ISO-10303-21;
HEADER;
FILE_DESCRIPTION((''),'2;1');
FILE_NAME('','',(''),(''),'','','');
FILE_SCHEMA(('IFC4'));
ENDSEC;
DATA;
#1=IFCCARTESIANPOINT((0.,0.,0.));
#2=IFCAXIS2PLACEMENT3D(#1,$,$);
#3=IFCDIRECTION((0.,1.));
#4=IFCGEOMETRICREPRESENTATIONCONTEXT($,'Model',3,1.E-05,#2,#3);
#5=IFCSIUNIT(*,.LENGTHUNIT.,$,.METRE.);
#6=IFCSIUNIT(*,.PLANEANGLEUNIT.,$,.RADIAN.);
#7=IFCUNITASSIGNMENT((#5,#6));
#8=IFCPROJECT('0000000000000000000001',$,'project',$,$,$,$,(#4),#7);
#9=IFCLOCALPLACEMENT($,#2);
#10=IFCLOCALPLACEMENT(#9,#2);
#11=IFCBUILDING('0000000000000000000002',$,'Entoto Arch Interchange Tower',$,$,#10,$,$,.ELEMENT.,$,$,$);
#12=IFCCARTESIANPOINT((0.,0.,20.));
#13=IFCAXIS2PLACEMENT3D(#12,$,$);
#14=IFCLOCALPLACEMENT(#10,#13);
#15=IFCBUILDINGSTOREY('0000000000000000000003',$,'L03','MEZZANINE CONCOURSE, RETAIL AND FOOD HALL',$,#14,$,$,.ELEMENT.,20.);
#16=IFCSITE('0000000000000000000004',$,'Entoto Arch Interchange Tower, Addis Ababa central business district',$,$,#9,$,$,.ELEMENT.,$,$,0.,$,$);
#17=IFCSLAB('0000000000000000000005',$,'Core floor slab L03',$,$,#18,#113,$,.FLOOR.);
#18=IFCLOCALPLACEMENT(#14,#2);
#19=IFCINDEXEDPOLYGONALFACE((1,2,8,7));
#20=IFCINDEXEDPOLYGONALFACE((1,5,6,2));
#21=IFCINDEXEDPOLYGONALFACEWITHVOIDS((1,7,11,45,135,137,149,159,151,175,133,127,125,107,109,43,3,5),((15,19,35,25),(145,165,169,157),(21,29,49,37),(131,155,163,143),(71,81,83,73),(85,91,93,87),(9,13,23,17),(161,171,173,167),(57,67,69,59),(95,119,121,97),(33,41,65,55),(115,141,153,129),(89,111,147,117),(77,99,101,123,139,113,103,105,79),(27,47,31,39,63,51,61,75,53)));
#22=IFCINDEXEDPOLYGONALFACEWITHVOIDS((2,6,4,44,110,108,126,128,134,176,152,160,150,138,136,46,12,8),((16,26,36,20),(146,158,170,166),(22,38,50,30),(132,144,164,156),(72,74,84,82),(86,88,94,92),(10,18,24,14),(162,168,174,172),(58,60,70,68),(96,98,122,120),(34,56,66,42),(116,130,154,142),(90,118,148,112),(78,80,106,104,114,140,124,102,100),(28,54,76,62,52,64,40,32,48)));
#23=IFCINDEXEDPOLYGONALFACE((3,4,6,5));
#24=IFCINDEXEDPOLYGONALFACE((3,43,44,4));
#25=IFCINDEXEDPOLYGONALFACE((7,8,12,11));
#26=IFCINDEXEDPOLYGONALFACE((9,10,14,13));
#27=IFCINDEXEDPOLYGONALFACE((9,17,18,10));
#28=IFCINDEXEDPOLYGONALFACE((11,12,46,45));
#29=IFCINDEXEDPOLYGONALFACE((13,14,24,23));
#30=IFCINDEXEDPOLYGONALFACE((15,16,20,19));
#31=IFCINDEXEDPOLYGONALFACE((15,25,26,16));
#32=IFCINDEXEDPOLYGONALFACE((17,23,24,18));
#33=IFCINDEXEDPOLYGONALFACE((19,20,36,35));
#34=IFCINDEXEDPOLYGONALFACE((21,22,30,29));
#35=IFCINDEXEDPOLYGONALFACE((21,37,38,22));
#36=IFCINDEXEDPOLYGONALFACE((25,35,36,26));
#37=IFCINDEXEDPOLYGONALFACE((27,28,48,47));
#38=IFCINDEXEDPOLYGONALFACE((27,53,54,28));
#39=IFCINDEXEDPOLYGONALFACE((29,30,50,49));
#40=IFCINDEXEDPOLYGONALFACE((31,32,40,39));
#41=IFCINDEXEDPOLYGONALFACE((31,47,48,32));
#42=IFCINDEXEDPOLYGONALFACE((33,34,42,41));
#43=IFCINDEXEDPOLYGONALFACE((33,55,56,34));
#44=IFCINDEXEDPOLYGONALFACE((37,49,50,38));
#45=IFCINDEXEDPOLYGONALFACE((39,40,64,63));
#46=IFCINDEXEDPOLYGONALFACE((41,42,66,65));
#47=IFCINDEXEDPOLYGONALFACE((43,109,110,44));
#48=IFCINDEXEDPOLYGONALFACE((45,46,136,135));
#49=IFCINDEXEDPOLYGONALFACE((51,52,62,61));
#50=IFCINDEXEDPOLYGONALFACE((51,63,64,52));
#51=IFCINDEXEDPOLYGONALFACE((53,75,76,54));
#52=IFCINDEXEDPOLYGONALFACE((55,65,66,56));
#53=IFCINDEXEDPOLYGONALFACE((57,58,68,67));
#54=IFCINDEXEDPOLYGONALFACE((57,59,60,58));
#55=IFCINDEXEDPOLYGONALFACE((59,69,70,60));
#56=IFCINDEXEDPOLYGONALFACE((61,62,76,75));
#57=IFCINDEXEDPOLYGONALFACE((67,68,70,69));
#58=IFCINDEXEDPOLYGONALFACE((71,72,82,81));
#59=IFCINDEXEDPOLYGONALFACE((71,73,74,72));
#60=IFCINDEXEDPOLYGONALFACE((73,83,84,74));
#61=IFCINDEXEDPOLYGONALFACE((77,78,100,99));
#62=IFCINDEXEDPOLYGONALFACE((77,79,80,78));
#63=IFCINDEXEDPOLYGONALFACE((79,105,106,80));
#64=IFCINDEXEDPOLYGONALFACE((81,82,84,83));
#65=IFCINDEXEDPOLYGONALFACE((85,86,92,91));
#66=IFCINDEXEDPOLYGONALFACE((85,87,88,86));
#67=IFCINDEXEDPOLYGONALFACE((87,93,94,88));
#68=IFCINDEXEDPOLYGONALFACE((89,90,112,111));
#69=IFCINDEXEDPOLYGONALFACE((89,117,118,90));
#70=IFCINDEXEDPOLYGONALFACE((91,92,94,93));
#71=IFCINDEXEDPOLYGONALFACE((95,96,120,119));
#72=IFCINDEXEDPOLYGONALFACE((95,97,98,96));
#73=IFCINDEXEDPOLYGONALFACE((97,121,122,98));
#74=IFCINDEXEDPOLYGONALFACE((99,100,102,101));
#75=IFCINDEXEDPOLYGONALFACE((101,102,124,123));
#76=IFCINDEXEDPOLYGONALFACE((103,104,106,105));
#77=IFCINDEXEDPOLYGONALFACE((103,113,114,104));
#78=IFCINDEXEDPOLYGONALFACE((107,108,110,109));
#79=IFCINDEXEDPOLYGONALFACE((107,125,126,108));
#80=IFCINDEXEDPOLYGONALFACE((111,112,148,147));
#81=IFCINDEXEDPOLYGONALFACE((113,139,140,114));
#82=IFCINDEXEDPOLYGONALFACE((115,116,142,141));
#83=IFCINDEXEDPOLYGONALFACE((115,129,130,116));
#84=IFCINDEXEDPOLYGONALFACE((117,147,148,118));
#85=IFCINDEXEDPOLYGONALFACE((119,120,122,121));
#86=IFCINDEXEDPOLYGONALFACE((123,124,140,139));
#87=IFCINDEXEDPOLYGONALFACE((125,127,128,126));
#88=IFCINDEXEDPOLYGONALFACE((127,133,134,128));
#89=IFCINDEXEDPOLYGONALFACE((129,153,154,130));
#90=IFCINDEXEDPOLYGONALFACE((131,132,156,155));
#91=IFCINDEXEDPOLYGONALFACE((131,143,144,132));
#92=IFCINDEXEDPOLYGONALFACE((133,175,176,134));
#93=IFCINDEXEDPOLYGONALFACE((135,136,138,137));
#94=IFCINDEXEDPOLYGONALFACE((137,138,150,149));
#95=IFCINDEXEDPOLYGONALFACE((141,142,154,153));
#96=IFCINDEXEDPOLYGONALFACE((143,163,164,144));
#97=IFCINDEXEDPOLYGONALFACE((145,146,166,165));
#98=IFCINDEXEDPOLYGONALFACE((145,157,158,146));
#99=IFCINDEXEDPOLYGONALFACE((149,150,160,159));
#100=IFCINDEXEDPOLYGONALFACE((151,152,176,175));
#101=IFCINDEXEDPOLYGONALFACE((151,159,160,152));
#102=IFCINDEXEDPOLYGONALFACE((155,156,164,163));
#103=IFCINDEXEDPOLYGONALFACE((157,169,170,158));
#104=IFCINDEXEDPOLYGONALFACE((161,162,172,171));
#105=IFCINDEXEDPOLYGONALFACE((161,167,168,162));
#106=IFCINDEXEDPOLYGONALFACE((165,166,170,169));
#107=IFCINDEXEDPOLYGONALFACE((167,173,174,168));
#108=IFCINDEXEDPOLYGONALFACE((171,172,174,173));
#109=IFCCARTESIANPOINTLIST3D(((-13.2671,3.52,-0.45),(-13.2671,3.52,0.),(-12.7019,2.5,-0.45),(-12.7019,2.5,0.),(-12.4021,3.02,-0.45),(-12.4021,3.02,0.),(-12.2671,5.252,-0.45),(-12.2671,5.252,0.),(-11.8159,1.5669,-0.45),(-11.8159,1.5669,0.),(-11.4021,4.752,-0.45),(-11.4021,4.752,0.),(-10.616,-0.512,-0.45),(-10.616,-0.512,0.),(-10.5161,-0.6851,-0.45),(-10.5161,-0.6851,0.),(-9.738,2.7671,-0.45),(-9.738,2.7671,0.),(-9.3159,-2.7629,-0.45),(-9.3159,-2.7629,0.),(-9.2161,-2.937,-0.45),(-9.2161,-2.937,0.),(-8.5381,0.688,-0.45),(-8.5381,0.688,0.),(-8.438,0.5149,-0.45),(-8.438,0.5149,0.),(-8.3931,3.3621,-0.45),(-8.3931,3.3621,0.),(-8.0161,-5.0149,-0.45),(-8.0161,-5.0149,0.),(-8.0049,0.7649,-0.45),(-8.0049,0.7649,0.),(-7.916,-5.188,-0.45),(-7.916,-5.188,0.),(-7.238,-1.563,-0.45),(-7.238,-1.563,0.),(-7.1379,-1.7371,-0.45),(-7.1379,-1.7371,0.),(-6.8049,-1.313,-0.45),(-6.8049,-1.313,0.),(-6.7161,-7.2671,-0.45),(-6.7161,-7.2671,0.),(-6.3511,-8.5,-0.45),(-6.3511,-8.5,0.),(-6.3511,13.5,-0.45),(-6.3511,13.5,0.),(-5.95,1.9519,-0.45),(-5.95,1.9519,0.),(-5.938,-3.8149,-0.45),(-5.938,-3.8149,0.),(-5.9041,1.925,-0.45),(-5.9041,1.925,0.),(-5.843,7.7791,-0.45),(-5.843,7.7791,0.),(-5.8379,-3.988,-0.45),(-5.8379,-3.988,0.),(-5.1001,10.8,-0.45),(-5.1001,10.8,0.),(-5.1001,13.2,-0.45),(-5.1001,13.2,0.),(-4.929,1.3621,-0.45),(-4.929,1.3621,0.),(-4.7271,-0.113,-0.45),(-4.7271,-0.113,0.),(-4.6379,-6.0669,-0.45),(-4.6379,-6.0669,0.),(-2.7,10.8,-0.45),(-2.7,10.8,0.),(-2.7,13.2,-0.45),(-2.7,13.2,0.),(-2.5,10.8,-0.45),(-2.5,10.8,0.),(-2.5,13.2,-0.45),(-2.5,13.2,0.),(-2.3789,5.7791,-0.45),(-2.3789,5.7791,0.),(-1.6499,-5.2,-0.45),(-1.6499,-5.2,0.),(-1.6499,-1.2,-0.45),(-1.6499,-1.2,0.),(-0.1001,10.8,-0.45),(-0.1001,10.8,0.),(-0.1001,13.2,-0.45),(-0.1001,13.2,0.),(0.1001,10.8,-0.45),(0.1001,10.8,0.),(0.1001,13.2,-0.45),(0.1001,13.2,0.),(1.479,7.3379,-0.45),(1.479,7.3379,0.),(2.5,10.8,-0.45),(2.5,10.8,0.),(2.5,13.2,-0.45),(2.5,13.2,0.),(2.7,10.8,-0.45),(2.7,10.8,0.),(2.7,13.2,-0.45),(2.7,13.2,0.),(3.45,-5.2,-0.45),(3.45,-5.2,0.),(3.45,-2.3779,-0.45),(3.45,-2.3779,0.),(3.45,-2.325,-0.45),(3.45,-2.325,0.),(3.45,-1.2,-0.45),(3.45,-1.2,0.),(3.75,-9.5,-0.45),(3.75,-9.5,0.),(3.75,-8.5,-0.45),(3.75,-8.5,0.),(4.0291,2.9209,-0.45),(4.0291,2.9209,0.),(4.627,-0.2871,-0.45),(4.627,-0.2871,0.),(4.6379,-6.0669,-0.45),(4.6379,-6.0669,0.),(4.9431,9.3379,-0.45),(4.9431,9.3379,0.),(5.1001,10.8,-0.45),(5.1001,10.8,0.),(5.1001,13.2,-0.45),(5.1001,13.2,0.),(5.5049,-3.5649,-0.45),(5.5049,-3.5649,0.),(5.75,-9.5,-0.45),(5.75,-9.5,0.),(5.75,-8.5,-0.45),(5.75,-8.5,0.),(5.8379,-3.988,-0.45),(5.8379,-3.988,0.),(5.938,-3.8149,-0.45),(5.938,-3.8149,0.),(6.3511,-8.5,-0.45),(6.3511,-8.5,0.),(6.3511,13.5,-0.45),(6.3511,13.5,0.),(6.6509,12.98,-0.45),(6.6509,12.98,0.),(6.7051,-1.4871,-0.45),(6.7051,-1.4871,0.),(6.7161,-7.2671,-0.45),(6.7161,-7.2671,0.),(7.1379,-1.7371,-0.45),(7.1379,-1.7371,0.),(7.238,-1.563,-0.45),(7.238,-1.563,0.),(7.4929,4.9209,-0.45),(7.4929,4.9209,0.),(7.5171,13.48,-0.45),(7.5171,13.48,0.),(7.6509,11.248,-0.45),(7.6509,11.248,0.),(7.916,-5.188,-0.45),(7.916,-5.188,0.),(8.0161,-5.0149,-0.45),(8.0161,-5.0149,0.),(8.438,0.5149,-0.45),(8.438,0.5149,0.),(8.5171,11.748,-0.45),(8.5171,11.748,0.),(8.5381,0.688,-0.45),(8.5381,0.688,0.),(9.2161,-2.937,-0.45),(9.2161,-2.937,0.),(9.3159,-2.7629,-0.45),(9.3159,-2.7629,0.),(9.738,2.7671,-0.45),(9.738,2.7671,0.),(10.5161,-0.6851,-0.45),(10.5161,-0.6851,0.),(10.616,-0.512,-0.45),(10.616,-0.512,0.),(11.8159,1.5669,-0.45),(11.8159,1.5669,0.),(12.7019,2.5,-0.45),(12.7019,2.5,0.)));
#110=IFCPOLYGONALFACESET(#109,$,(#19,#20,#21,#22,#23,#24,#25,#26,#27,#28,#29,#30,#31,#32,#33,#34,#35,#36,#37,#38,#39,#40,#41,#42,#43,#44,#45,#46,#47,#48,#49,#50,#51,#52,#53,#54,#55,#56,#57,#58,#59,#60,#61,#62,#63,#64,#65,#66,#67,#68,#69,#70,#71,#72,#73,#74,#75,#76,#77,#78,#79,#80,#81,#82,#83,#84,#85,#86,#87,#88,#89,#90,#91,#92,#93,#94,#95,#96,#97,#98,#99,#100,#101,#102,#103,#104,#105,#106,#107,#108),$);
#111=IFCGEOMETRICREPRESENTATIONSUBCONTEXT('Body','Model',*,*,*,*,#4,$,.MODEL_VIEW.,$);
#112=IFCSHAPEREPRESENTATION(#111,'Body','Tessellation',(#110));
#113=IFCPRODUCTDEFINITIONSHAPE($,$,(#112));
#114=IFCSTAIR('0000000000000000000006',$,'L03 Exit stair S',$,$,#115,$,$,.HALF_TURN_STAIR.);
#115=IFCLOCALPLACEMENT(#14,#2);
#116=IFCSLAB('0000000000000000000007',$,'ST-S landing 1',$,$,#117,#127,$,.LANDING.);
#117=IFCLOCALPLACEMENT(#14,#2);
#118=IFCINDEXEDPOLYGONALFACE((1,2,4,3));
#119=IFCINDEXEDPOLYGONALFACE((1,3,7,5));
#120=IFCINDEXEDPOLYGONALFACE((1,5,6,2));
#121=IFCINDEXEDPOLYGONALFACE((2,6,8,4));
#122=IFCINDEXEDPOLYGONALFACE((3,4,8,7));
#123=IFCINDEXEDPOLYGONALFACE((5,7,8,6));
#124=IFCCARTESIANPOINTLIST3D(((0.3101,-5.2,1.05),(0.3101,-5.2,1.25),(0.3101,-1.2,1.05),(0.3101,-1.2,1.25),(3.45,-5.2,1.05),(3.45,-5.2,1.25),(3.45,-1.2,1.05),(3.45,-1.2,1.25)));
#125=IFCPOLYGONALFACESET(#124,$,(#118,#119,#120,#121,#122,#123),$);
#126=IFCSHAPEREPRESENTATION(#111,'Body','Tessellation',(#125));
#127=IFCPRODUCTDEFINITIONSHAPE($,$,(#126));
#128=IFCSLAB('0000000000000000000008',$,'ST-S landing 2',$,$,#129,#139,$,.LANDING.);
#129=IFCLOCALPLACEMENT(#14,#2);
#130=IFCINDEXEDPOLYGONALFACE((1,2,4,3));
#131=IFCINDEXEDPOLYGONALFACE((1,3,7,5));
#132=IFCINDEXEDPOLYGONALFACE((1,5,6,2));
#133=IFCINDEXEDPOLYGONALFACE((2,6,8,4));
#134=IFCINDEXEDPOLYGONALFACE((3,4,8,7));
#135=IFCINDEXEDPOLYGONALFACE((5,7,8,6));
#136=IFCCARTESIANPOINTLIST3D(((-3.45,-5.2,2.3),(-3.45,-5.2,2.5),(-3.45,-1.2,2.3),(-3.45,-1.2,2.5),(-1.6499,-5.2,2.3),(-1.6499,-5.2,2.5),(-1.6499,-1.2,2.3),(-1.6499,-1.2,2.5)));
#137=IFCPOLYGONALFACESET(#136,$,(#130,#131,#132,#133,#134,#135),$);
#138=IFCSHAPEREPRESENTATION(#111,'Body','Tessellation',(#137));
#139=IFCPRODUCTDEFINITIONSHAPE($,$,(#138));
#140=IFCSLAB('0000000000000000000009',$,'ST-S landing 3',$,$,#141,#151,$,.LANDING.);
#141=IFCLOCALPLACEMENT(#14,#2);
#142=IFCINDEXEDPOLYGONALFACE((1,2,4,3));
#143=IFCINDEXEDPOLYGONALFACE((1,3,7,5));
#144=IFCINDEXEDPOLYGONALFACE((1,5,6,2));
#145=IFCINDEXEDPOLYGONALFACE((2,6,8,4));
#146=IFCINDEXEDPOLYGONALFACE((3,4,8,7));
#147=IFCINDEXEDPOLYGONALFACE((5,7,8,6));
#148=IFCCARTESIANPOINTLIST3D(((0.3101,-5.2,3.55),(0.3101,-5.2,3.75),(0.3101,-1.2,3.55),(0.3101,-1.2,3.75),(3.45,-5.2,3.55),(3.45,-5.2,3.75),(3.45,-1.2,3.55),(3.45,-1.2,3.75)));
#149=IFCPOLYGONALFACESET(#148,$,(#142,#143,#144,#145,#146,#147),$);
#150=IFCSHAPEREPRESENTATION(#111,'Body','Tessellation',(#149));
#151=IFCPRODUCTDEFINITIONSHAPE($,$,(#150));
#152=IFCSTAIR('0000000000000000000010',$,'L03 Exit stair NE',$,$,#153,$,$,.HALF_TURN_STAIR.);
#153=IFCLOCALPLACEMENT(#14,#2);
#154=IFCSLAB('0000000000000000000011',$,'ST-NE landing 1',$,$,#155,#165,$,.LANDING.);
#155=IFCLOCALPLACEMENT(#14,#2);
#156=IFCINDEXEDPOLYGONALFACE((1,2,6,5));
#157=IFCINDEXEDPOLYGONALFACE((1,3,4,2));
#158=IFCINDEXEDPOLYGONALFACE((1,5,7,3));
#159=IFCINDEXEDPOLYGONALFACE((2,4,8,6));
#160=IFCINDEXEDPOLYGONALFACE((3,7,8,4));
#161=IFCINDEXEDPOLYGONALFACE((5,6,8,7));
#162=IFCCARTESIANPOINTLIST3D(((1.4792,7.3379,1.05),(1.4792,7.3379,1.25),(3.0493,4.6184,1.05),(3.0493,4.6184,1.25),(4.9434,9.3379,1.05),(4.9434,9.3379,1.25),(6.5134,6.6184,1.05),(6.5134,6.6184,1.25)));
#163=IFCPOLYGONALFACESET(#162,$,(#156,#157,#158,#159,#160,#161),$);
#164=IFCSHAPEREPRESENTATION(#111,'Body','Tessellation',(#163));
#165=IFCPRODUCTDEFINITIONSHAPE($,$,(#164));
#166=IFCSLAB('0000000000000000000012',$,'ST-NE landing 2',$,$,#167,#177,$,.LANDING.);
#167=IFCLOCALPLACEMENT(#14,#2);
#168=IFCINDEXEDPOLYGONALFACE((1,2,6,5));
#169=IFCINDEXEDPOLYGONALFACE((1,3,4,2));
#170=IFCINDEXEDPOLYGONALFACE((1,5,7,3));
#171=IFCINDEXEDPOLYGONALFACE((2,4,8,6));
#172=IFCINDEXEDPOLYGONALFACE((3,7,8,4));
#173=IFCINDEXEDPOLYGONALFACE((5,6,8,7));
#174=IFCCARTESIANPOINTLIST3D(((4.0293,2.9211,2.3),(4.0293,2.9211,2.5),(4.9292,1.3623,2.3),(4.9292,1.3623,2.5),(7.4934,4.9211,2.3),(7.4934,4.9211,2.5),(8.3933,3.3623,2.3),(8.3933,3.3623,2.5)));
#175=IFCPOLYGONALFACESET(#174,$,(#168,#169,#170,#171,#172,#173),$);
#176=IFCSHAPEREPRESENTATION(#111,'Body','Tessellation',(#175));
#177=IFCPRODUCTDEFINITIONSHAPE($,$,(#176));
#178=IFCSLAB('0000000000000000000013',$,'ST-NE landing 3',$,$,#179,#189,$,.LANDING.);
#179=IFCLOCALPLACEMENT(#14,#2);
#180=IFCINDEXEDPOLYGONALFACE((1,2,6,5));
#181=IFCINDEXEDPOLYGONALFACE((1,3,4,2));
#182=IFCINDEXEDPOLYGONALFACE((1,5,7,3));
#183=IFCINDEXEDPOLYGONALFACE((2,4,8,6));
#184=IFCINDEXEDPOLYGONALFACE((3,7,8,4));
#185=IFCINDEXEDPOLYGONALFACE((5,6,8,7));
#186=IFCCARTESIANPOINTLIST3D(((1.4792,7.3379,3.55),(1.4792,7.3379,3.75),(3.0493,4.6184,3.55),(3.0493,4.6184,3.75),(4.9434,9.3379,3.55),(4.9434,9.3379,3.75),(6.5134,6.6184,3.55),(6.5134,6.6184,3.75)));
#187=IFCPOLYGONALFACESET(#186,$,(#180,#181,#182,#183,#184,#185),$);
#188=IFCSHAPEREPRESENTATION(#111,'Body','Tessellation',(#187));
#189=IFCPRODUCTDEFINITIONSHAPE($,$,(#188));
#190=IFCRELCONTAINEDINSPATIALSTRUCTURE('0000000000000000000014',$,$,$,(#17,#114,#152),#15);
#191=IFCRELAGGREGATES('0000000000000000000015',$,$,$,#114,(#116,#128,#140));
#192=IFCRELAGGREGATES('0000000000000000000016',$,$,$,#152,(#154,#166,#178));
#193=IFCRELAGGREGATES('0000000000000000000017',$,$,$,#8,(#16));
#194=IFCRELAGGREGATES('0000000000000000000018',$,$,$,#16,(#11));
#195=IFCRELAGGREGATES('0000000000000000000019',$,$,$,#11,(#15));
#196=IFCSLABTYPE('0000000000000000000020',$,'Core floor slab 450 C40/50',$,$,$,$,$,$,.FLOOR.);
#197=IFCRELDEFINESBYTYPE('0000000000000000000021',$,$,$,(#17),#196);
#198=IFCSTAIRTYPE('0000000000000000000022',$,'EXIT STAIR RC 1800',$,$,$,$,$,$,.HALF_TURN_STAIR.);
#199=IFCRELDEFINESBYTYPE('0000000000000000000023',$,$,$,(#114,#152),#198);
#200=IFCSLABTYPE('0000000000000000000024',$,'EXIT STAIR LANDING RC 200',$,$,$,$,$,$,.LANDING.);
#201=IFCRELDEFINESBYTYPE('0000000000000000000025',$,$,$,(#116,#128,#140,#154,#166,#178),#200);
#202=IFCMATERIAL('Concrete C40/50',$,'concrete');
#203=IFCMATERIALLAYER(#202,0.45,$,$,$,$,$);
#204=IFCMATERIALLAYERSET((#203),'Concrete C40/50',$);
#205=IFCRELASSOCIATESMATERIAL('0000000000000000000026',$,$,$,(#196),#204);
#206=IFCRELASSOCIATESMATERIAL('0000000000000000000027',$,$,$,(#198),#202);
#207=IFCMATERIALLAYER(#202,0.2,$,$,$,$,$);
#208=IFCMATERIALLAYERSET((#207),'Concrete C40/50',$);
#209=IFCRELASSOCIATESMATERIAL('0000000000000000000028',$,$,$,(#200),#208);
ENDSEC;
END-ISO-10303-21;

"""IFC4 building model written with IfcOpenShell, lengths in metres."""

from ifc_helpers import new_model, si_unit, direction, frame, origin, place, context, subcontext, project, spatial, polyline, outline, extrude, material, layer, layer_set, type_object, element, aggregate, save


model = new_model("IFC4")

# Units and contexts
model_context = context("Model", 3, precision=1e-05, world=origin(), true_north=direction((0.0, 1.0)))
body_context = subcontext(model_context, "Body", "Model", "MODEL_VIEW")
ifc_project = project(units=[si_unit("LENGTHUNIT", "METRE"), si_unit("PLANEANGLEUNIT", "RADIAN")], contexts=[model_context])

# Site, building, storey
site_placement = place(None, origin())
site = spatial("IfcSite", under=ifc_project, at=site_placement, Name="Entoto Arch Interchange Tower, Addis Ababa central business district", CompositionType="ELEMENT", RefElevation=0.0)
building_placement = place(site_placement, origin())
building = spatial("IfcBuilding", under=site, at=building_placement, Name="Entoto Arch Interchange Tower", CompositionType="ELEMENT")
storey_placement = place(building_placement, frame((0.0, 0.0, 20.0)))
storey = spatial("IfcBuildingStorey", under=building, at=storey_placement, Name="L03", Description="MEZZANINE CONCOURSE, RETAIL AND FOOD HALL", CompositionType="ELEMENT", Elevation=20.0)

# Slab
ifc_material_1 = material(Name="Concrete C40/50", Category="concrete")
ifc_layer_1 = layer(ifc_material_1, 0.45)
ifc_layer_set_1 = layer_set([ifc_layer_1], Name="Concrete C40/50")
slab_type_1 = type_object("IfcSlabType", Name="Core floor slab 450 C40/50", PredefinedType="FLOOR", material=ifc_layer_set_1)
slab_1_placement = place(storey_placement, frame((0.0, 0.0, -0.45)))
element("IfcSlab", 1, at=slab_1_placement, inside=storey, type_object=slab_type_1, Name="Core floor slab L03", PredefinedType="FLOOR", context=body_context, shape_type="SweptSolid", body=[
    extrude(outline(polyline([(5.75, -9.5), (3.75, -9.5), (3.75, -8.5), (-6.3511, -8.5), (-12.7019, 2.5), (-12.4021, 3.02), (-13.2671, 3.52), (-12.2671, 5.252), (-11.4021, 4.752), (-6.3511, 13.5), (6.3511, 13.5), (6.6509, 12.98), (7.5171, 13.48), (8.5171, 11.748), (7.6509, 11.248), (12.7019, 2.5), (6.3511, -8.5), (5.75, -8.5), (5.75, -9.5)]), holes=[polyline([(-4.6379, -6.0669), (-5.8379, -3.988), (-7.916, -5.188), (-6.7161, -7.2671), (-4.6379, -6.0669)]), polyline([(-5.938, -3.8149), (-7.1379, -1.7371), (-9.2161, -2.937), (-8.0161, -5.0149), (-5.938, -3.8149)]), polyline([(5.5049, -3.5649), (6.7051, -1.4871), (4.627, -0.2871), (3.45, -2.325), (3.45, -1.2), (-1.6499, -1.2), (-1.6499, -5.2), (3.45, -5.2), (3.45, -2.3779), (5.5049, -3.5649)]), polyline([(-7.238, -1.563), (-8.438, 0.5149), (-10.5161, -0.6851), (-9.3159, -2.7629), (-7.238, -1.563)]), polyline([(-4.7271, -0.113), (-5.9041, 1.925), (-4.929, 1.3621), (-2.3789, 5.7791), (-5.843, 7.7791), (-8.3931, 3.3621), (-5.95, 1.9519), (-8.0049, 0.7649), (-6.8049, -1.313), (-4.7271, -0.113)]), polyline([(-8.5381, 0.688), (-9.738, 2.7671), (-11.8159, 1.5669), (-10.616, -0.512), (-8.5381, 0.688)]), polyline([(-5.1001, 10.8), (-2.7, 10.8), (-2.7, 13.2), (-5.1001, 13.2), (-5.1001, 10.8)]), polyline([(-2.5, 10.8), (-0.1001, 10.8), (-0.1001, 13.2), (-2.5, 13.2), (-2.5, 10.8)]), polyline([(5.8379, -3.988), (4.6379, -6.0669), (6.7161, -7.2671), (7.916, -5.188), (5.8379, -3.988)]), polyline([(7.1379, -1.7371), (5.938, -3.8149), (8.0161, -5.0149), (9.2161, -2.937), (7.1379, -1.7371)]), polyline([(8.438, 0.5149), (7.238, -1.563), (9.3159, -2.7629), (10.5161, -0.6851), (8.438, 0.5149)]), polyline([(9.738, 2.7671), (8.5381, 0.688), (10.616, -0.512), (11.8159, 1.5669), (9.738, 2.7671)]), polyline([(4.0291, 2.9209), (7.4929, 4.9209), (4.9431, 9.3379), (1.479, 7.3379), (4.0291, 2.9209)]), polyline([(0.1001, 13.2), (0.1001, 10.8), (2.5, 10.8), (2.5, 13.2), (0.1001, 13.2)]), polyline([(2.7, 13.2), (2.7, 10.8), (5.1001, 10.8), (5.1001, 13.2), (2.7, 13.2)])]), origin(), (0.0, 0.0, 1.0), 0.45),
])

# Stairs, slabs
stair_type_1 = type_object("IfcStairType", Name="EXIT STAIR RC 1800", PredefinedType="HALF_TURN_STAIR", material=ifc_material_1)
stair_1_placement = place(storey_placement, origin())
stair_1 = element("IfcStair", 2, at=stair_1_placement, inside=storey, type_object=stair_type_1, Name="L03 Exit stair S", PredefinedType="HALF_TURN_STAIR")
ifc_layer_2 = layer(ifc_material_1, 0.2)
ifc_layer_set_2 = layer_set([ifc_layer_2], Name="Concrete C40/50")
slab_type_2 = type_object("IfcSlabType", Name="EXIT STAIR LANDING RC 200", PredefinedType="LANDING", material=ifc_layer_set_2)
slab_2_placement = place(storey_placement, frame((0.0, 0.0, 1.05)))
slab_2 = element("IfcSlab", 3, at=slab_2_placement, type_object=slab_type_2, Name="ST-S landing 1", PredefinedType="LANDING", context=body_context, shape_type="SweptSolid", body=[
    extrude(outline(polyline([(0.3101, -5.2), (3.45, -5.2), (3.45, -1.2), (0.3101, -1.2), (0.3101, -5.2)])), origin(), (0.0, 0.0, 1.0), 0.2),
])
slab_3_placement = place(storey_placement, frame((0.0, 0.0, 2.3)))
slab_3 = element("IfcSlab", 4, at=slab_3_placement, type_object=slab_type_2, Name="ST-S landing 2", PredefinedType="LANDING", context=body_context, shape_type="SweptSolid", body=[
    extrude(outline(polyline([(-3.45, -5.2), (-1.6499, -5.2), (-1.6499, -1.2), (-3.45, -1.2), (-3.45, -5.2)])), origin(), (0.0, 0.0, 1.0), 0.2),
])
slab_4_placement = place(storey_placement, frame((0.0, 0.0, 3.55)))
slab_4 = element("IfcSlab", 5, at=slab_4_placement, type_object=slab_type_2, Name="ST-S landing 3", PredefinedType="LANDING", context=body_context, shape_type="SweptSolid", body=[
    extrude(outline(polyline([(0.3101, -5.2), (3.45, -5.2), (3.45, -1.2), (0.3101, -1.2), (0.3101, -5.2)])), origin(), (0.0, 0.0, 1.0), 0.2),
])
aggregate(stair_1, [slab_2, slab_3, slab_4])
stair_2_placement = place(storey_placement, origin())
stair_2 = element("IfcStair", 6, at=stair_2_placement, inside=storey, type_object=stair_type_1, Name="L03 Exit stair NE", PredefinedType="HALF_TURN_STAIR")
slab_5_placement = place(storey_placement, frame((0.0, 0.0, 1.05)))
slab_5 = element("IfcSlab", 7, at=slab_5_placement, type_object=slab_type_2, Name="ST-NE landing 1", PredefinedType="LANDING", context=body_context, shape_type="SweptSolid", body=[
    extrude(outline(polyline([(6.5134, 6.6184), (4.9434, 9.3379), (1.4792, 7.3379), (3.0493, 4.6184), (6.5134, 6.6184)])), origin(), (0.0, 0.0, 1.0), 0.2),
])
slab_6_placement = place(storey_placement, frame((0.0, 0.0, 2.3)))
slab_6 = element("IfcSlab", 8, at=slab_6_placement, type_object=slab_type_2, Name="ST-NE landing 2", PredefinedType="LANDING", context=body_context, shape_type="SweptSolid", body=[
    extrude(outline(polyline([(8.3933, 3.3623), (7.4934, 4.9211), (4.0293, 2.9211), (4.9292, 1.3623), (8.3933, 3.3623)])), origin(), (0.0, 0.0, 1.0), 0.2),
])
slab_7_placement = place(storey_placement, frame((0.0, 0.0, 3.55)))
slab_7 = element("IfcSlab", 9, at=slab_7_placement, type_object=slab_type_2, Name="ST-NE landing 3", PredefinedType="LANDING", context=body_context, shape_type="SweptSolid", body=[
    extrude(outline(polyline([(6.5134, 6.6184), (4.9434, 9.3379), (1.4792, 7.3379), (3.0493, 4.6184), (6.5134, 6.6184)])), origin(), (0.0, 0.0, 1.0), 0.2),
])
aggregate(stair_2, [slab_5, slab_6, slab_7])

save(model, "model.ifc")
